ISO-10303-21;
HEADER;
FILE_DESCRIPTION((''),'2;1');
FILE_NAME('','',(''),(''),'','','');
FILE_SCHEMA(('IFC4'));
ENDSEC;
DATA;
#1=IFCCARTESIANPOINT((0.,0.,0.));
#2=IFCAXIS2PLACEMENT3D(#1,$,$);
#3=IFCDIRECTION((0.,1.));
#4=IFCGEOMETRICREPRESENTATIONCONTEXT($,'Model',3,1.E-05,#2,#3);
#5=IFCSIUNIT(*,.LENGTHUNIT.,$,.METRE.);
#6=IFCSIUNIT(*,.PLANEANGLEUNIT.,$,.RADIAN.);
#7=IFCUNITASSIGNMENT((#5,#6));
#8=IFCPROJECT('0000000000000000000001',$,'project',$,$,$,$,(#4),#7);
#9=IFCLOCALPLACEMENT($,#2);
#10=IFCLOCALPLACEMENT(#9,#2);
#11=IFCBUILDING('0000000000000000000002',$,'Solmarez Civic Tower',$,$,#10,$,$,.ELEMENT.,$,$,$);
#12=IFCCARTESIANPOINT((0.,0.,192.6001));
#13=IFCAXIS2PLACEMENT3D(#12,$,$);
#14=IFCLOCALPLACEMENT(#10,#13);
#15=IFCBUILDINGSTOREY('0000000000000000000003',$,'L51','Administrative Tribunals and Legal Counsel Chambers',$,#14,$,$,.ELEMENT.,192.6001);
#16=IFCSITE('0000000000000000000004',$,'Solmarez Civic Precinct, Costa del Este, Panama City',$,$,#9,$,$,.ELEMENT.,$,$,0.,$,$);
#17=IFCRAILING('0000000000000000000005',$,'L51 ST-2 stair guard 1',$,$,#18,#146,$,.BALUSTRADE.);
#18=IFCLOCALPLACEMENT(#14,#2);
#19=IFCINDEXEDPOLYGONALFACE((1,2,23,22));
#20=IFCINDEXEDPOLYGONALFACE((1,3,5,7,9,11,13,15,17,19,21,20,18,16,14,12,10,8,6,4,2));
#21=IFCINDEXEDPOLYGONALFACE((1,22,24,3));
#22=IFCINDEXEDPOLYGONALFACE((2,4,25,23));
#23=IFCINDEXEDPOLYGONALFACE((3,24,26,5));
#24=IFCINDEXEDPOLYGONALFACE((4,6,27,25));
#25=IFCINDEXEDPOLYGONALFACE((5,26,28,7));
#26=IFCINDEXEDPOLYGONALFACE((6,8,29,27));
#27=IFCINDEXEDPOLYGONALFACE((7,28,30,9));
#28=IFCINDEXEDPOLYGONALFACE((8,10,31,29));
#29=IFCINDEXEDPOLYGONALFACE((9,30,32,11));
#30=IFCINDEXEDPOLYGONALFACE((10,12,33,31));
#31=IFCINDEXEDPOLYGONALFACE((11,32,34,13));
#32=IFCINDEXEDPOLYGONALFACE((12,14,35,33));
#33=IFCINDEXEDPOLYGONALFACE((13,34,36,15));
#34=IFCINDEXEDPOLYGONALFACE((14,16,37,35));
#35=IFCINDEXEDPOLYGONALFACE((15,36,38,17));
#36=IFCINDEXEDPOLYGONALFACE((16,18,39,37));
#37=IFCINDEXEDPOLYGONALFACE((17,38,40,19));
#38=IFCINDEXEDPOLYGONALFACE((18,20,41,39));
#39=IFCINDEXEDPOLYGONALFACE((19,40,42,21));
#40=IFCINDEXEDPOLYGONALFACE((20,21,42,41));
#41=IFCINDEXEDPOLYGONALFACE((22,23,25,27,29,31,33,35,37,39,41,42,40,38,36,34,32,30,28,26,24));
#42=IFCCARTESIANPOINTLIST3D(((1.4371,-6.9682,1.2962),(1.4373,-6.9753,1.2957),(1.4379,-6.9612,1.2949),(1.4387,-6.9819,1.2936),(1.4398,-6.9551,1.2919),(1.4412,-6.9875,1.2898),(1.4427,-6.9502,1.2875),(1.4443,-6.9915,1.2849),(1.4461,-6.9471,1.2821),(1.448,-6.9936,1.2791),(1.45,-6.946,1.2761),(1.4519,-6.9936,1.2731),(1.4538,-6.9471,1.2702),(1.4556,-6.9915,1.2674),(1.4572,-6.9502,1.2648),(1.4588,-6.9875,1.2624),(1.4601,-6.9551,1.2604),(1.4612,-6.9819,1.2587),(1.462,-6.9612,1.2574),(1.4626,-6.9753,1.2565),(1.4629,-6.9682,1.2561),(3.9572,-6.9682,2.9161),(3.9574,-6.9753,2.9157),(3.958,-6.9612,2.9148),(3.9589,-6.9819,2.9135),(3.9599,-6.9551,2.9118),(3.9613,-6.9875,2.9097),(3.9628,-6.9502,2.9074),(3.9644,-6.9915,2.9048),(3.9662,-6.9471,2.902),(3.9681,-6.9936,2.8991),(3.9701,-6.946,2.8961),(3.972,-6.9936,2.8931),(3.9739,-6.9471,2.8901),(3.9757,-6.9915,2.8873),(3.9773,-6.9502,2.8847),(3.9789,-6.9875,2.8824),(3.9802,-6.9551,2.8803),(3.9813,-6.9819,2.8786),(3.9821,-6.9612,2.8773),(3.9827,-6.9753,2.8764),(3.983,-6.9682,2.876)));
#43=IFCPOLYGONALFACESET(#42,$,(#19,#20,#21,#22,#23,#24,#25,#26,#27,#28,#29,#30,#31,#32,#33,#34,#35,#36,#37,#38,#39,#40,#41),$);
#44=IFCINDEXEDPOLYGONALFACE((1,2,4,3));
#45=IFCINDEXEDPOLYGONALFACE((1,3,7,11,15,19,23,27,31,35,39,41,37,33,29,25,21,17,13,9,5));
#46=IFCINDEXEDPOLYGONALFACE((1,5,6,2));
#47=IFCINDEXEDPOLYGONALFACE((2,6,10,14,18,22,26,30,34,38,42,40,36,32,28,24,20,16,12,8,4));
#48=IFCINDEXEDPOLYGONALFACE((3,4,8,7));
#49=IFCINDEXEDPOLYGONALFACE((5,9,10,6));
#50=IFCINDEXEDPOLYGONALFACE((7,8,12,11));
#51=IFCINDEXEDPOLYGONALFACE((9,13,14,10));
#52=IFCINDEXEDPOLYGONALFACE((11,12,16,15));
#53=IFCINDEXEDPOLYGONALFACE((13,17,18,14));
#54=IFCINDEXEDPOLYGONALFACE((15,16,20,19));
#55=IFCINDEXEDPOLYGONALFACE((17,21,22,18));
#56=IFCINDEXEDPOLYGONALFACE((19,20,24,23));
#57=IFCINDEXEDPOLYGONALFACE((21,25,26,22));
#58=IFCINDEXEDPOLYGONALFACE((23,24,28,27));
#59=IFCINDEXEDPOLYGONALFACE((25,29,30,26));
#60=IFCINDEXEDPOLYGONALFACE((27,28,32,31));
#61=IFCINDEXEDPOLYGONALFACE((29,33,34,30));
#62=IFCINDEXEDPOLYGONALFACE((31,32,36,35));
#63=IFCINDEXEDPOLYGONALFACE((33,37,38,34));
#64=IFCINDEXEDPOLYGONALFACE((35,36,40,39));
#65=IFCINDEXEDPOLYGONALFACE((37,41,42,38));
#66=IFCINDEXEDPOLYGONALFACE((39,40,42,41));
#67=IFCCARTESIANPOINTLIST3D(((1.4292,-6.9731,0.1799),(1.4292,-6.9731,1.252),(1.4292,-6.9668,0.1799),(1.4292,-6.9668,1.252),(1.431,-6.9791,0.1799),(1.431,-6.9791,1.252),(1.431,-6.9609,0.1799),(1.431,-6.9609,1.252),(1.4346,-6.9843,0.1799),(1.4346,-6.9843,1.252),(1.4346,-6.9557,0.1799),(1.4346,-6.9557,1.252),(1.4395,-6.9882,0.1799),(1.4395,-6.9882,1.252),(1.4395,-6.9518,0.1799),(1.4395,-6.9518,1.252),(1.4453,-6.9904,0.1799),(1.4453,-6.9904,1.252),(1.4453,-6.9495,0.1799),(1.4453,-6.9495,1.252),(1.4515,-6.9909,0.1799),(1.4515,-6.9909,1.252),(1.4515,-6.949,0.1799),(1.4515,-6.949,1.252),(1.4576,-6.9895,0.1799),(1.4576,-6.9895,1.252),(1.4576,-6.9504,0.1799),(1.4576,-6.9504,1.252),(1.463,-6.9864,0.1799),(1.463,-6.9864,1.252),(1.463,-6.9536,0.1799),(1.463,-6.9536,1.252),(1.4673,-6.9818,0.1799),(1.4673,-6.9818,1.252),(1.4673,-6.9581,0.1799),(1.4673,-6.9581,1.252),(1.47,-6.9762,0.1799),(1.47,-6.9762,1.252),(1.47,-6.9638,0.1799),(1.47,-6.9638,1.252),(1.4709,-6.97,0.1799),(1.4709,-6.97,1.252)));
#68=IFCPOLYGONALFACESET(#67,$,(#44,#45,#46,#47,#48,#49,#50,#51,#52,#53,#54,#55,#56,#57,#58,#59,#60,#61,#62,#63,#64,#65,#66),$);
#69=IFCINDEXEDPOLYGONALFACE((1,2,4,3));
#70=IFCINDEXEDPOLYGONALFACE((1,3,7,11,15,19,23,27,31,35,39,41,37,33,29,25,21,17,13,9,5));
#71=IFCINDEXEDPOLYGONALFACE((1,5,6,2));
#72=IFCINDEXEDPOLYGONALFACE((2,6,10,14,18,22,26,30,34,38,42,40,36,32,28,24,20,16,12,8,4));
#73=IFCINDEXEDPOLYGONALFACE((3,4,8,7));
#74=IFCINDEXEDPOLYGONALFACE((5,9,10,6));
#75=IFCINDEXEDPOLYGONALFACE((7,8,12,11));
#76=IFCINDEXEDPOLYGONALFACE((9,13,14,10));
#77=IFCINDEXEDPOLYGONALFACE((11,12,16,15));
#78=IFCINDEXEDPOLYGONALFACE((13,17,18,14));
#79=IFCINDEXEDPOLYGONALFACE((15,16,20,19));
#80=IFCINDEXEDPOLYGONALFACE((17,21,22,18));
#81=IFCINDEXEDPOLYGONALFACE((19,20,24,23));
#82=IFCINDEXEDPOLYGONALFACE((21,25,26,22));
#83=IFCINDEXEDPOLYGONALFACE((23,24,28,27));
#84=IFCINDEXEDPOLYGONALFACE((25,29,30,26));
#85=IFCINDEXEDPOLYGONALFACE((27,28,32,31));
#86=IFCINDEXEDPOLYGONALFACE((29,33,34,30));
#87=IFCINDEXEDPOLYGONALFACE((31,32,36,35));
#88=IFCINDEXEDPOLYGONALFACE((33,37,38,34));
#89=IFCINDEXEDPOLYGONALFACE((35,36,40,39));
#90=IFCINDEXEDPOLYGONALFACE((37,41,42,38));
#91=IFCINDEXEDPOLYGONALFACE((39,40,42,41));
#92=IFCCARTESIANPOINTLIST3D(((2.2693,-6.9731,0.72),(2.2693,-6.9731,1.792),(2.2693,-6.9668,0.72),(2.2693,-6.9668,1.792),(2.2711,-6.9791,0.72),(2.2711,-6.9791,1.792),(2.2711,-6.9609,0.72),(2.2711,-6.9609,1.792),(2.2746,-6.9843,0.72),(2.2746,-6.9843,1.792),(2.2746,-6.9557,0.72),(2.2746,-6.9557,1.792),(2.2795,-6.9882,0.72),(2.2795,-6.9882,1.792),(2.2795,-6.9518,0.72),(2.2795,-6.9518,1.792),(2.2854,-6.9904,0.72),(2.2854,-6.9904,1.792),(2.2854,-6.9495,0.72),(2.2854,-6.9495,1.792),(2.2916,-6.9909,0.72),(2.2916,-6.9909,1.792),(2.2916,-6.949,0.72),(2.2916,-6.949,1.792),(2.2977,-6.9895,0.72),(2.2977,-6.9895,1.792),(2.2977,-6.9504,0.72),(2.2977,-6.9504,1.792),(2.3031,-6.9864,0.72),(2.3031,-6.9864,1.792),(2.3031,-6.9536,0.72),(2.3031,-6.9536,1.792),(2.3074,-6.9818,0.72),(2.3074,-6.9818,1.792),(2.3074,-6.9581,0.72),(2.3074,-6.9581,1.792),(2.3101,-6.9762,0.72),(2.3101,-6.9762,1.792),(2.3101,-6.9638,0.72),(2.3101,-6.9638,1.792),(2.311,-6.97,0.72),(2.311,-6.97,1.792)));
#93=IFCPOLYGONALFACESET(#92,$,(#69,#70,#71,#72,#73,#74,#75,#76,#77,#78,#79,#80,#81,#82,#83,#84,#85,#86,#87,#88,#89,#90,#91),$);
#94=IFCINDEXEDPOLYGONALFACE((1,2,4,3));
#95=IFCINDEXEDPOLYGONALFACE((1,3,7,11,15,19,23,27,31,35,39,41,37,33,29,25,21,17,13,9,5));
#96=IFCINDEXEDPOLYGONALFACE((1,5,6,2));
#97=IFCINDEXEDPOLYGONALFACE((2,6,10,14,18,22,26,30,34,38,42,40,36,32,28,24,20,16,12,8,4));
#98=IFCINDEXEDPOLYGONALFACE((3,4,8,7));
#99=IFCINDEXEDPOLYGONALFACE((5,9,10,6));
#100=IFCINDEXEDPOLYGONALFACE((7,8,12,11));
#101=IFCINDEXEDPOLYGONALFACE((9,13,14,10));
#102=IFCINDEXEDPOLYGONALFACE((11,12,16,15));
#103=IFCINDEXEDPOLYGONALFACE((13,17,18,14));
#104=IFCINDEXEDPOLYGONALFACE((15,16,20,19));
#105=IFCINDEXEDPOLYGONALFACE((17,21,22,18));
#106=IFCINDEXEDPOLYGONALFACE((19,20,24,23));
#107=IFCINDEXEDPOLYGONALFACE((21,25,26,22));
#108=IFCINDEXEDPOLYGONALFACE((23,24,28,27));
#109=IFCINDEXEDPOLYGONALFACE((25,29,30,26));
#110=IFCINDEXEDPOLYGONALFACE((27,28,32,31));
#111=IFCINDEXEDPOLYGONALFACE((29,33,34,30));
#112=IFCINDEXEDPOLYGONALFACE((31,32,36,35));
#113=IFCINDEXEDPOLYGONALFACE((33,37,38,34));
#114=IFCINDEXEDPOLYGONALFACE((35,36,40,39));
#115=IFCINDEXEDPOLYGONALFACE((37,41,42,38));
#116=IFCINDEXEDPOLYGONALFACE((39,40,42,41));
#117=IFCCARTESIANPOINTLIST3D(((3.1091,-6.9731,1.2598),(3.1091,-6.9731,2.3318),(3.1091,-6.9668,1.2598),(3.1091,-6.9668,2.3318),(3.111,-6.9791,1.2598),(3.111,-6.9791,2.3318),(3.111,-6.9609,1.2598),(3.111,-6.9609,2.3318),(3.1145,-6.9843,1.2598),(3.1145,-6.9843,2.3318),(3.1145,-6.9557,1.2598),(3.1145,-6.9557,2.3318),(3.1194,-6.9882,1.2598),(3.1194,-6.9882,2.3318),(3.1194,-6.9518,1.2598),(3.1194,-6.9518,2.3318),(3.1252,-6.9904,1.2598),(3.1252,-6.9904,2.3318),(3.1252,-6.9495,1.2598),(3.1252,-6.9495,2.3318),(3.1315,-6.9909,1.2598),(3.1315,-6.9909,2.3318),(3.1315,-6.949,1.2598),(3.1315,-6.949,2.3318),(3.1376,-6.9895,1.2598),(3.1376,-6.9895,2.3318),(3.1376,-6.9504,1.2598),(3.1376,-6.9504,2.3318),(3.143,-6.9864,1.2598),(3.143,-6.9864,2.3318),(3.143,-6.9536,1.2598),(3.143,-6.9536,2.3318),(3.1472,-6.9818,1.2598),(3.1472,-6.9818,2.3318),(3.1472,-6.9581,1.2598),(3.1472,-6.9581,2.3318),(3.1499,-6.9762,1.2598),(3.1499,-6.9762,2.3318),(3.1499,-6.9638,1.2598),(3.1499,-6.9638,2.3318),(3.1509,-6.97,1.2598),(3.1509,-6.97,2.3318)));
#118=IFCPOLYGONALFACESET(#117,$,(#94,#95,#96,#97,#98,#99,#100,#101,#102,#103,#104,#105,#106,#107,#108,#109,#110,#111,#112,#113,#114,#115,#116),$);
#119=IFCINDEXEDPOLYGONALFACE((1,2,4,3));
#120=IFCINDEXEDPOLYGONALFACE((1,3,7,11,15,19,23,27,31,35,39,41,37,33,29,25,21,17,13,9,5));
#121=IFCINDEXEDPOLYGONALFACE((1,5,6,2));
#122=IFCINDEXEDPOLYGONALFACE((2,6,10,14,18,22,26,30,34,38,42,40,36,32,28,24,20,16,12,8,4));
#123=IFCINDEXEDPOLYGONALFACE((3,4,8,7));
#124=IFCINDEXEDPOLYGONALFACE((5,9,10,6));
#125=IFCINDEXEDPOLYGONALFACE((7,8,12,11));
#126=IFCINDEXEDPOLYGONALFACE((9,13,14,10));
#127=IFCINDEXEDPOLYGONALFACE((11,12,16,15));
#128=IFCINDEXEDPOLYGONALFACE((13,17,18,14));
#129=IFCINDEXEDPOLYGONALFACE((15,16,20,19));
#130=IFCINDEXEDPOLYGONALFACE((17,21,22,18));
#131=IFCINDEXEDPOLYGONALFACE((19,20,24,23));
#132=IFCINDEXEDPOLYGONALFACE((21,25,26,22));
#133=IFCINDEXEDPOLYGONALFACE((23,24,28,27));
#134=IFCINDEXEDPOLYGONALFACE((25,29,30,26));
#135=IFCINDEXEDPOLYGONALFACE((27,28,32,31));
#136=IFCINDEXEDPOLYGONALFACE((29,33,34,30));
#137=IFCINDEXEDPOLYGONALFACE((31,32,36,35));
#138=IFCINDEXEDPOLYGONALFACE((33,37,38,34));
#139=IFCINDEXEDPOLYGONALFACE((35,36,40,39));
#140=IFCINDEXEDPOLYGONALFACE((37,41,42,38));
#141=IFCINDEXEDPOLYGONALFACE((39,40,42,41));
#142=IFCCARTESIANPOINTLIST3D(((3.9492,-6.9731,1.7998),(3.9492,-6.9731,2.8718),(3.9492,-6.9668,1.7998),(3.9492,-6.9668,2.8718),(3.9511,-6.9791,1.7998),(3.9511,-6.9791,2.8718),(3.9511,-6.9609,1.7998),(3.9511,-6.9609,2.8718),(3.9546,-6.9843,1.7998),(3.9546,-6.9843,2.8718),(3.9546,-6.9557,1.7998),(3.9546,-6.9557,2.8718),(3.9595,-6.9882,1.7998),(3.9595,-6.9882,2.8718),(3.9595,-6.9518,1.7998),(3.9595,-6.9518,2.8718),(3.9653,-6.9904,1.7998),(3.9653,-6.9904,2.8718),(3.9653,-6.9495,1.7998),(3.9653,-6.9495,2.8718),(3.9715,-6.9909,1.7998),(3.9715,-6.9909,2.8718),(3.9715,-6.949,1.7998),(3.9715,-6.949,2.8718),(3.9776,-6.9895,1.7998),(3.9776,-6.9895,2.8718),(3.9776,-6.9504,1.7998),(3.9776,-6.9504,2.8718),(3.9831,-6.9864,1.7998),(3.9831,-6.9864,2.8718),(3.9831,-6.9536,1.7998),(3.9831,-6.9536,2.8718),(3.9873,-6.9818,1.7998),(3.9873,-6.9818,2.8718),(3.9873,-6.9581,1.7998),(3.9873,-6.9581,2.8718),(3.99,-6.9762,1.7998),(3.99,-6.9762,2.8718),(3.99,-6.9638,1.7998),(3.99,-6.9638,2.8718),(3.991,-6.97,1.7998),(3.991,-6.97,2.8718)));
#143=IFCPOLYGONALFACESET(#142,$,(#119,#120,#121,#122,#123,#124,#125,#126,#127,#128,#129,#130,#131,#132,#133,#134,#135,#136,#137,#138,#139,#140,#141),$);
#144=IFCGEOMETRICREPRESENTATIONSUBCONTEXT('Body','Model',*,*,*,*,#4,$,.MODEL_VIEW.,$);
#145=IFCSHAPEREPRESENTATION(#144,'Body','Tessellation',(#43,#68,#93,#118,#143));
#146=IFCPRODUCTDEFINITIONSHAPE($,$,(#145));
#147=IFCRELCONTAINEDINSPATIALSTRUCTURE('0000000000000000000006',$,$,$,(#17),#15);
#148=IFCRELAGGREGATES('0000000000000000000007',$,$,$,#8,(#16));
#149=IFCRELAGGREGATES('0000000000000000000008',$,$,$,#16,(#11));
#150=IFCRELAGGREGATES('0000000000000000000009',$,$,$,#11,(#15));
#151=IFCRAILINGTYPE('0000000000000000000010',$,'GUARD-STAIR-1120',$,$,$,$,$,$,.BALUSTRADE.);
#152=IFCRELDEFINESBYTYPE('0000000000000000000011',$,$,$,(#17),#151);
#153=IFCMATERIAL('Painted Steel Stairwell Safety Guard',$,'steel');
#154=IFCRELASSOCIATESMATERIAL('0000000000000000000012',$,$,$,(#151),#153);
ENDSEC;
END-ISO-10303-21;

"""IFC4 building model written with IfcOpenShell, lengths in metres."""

from ifc_helpers import new_model, si_unit, direction, frame, origin, origin_2d, place, context, subcontext, project, spatial, circle, extrude, material, type_object, element, save


model = new_model("IFC4")

# Units and contexts
model_context = context("Model", 3, precision=1e-05, world=origin(), true_north=direction((0.0, 1.0)))
body_context = subcontext(model_context, "Body", "Model", "MODEL_VIEW")
ifc_project = project(units=[si_unit("LENGTHUNIT", "METRE"), si_unit("PLANEANGLEUNIT", "RADIAN")], contexts=[model_context])

# Site, building, storey
site_placement = place(None, origin())
site = spatial("IfcSite", under=ifc_project, at=site_placement, Name="Solmarez Civic Precinct, Costa del Este, Panama City", CompositionType="ELEMENT", RefElevation=0.0)
building_placement = place(site_placement, origin())
building = spatial("IfcBuilding", under=site, at=building_placement, Name="Solmarez Civic Tower", CompositionType="ELEMENT")
storey_placement = place(building_placement, frame((0.0, 0.0, 192.6001)))
storey = spatial("IfcBuildingStorey", under=building, at=storey_placement, Name="L51", Description="Administrative Tribunals and Legal Counsel Chambers", CompositionType="ELEMENT", Elevation=192.6001)

# Railing
ifc_material_1 = material(Name="Painted Steel Stairwell Safety Guard", Category="steel")
railing_type_1 = type_object("IfcRailingType", Name="GUARD-STAIR-1120", PredefinedType="BALUSTRADE", material=ifc_material_1)
railing_1_placement = place(storey_placement, frame((1.45, -6.97, 0.1799)))
element("IfcRailing", 1, at=railing_1_placement, inside=storey, type_object=railing_type_1, Name="L51 ST-2 stair guard 1", PredefinedType="BALUSTRADE", context=body_context, shape_type="SweptSolid", body=[
    extrude(circle(Radius=0.0239, at=origin_2d()), frame((0.0, 0.0, 1.0962), z_axis=(0.8412, 0.0, 0.540725), x_axis=(0.0, 1.0, 0.0)), (0.0, 0.0, 1.0), 2.9958),
    extrude(circle(Radius=0.021, at=origin_2d()), origin(), (0.0, 0.0, 1.0), 1.072),
    extrude(circle(Radius=0.021, at=origin_2d()), frame((0.8401, 0.0, 0.54)), (0.0, 0.0, 1.0), 1.072),
    extrude(circle(Radius=0.021, at=origin_2d()), frame((1.6799, 0.0, 1.0798)), (0.0, 0.0, 1.0), 1.072),
    extrude(circle(Radius=0.021, at=origin_2d()), frame((2.52, 0.0, 1.6199)), (0.0, 0.0, 1.0), 1.072),
])

save(model, "model.ifc")
